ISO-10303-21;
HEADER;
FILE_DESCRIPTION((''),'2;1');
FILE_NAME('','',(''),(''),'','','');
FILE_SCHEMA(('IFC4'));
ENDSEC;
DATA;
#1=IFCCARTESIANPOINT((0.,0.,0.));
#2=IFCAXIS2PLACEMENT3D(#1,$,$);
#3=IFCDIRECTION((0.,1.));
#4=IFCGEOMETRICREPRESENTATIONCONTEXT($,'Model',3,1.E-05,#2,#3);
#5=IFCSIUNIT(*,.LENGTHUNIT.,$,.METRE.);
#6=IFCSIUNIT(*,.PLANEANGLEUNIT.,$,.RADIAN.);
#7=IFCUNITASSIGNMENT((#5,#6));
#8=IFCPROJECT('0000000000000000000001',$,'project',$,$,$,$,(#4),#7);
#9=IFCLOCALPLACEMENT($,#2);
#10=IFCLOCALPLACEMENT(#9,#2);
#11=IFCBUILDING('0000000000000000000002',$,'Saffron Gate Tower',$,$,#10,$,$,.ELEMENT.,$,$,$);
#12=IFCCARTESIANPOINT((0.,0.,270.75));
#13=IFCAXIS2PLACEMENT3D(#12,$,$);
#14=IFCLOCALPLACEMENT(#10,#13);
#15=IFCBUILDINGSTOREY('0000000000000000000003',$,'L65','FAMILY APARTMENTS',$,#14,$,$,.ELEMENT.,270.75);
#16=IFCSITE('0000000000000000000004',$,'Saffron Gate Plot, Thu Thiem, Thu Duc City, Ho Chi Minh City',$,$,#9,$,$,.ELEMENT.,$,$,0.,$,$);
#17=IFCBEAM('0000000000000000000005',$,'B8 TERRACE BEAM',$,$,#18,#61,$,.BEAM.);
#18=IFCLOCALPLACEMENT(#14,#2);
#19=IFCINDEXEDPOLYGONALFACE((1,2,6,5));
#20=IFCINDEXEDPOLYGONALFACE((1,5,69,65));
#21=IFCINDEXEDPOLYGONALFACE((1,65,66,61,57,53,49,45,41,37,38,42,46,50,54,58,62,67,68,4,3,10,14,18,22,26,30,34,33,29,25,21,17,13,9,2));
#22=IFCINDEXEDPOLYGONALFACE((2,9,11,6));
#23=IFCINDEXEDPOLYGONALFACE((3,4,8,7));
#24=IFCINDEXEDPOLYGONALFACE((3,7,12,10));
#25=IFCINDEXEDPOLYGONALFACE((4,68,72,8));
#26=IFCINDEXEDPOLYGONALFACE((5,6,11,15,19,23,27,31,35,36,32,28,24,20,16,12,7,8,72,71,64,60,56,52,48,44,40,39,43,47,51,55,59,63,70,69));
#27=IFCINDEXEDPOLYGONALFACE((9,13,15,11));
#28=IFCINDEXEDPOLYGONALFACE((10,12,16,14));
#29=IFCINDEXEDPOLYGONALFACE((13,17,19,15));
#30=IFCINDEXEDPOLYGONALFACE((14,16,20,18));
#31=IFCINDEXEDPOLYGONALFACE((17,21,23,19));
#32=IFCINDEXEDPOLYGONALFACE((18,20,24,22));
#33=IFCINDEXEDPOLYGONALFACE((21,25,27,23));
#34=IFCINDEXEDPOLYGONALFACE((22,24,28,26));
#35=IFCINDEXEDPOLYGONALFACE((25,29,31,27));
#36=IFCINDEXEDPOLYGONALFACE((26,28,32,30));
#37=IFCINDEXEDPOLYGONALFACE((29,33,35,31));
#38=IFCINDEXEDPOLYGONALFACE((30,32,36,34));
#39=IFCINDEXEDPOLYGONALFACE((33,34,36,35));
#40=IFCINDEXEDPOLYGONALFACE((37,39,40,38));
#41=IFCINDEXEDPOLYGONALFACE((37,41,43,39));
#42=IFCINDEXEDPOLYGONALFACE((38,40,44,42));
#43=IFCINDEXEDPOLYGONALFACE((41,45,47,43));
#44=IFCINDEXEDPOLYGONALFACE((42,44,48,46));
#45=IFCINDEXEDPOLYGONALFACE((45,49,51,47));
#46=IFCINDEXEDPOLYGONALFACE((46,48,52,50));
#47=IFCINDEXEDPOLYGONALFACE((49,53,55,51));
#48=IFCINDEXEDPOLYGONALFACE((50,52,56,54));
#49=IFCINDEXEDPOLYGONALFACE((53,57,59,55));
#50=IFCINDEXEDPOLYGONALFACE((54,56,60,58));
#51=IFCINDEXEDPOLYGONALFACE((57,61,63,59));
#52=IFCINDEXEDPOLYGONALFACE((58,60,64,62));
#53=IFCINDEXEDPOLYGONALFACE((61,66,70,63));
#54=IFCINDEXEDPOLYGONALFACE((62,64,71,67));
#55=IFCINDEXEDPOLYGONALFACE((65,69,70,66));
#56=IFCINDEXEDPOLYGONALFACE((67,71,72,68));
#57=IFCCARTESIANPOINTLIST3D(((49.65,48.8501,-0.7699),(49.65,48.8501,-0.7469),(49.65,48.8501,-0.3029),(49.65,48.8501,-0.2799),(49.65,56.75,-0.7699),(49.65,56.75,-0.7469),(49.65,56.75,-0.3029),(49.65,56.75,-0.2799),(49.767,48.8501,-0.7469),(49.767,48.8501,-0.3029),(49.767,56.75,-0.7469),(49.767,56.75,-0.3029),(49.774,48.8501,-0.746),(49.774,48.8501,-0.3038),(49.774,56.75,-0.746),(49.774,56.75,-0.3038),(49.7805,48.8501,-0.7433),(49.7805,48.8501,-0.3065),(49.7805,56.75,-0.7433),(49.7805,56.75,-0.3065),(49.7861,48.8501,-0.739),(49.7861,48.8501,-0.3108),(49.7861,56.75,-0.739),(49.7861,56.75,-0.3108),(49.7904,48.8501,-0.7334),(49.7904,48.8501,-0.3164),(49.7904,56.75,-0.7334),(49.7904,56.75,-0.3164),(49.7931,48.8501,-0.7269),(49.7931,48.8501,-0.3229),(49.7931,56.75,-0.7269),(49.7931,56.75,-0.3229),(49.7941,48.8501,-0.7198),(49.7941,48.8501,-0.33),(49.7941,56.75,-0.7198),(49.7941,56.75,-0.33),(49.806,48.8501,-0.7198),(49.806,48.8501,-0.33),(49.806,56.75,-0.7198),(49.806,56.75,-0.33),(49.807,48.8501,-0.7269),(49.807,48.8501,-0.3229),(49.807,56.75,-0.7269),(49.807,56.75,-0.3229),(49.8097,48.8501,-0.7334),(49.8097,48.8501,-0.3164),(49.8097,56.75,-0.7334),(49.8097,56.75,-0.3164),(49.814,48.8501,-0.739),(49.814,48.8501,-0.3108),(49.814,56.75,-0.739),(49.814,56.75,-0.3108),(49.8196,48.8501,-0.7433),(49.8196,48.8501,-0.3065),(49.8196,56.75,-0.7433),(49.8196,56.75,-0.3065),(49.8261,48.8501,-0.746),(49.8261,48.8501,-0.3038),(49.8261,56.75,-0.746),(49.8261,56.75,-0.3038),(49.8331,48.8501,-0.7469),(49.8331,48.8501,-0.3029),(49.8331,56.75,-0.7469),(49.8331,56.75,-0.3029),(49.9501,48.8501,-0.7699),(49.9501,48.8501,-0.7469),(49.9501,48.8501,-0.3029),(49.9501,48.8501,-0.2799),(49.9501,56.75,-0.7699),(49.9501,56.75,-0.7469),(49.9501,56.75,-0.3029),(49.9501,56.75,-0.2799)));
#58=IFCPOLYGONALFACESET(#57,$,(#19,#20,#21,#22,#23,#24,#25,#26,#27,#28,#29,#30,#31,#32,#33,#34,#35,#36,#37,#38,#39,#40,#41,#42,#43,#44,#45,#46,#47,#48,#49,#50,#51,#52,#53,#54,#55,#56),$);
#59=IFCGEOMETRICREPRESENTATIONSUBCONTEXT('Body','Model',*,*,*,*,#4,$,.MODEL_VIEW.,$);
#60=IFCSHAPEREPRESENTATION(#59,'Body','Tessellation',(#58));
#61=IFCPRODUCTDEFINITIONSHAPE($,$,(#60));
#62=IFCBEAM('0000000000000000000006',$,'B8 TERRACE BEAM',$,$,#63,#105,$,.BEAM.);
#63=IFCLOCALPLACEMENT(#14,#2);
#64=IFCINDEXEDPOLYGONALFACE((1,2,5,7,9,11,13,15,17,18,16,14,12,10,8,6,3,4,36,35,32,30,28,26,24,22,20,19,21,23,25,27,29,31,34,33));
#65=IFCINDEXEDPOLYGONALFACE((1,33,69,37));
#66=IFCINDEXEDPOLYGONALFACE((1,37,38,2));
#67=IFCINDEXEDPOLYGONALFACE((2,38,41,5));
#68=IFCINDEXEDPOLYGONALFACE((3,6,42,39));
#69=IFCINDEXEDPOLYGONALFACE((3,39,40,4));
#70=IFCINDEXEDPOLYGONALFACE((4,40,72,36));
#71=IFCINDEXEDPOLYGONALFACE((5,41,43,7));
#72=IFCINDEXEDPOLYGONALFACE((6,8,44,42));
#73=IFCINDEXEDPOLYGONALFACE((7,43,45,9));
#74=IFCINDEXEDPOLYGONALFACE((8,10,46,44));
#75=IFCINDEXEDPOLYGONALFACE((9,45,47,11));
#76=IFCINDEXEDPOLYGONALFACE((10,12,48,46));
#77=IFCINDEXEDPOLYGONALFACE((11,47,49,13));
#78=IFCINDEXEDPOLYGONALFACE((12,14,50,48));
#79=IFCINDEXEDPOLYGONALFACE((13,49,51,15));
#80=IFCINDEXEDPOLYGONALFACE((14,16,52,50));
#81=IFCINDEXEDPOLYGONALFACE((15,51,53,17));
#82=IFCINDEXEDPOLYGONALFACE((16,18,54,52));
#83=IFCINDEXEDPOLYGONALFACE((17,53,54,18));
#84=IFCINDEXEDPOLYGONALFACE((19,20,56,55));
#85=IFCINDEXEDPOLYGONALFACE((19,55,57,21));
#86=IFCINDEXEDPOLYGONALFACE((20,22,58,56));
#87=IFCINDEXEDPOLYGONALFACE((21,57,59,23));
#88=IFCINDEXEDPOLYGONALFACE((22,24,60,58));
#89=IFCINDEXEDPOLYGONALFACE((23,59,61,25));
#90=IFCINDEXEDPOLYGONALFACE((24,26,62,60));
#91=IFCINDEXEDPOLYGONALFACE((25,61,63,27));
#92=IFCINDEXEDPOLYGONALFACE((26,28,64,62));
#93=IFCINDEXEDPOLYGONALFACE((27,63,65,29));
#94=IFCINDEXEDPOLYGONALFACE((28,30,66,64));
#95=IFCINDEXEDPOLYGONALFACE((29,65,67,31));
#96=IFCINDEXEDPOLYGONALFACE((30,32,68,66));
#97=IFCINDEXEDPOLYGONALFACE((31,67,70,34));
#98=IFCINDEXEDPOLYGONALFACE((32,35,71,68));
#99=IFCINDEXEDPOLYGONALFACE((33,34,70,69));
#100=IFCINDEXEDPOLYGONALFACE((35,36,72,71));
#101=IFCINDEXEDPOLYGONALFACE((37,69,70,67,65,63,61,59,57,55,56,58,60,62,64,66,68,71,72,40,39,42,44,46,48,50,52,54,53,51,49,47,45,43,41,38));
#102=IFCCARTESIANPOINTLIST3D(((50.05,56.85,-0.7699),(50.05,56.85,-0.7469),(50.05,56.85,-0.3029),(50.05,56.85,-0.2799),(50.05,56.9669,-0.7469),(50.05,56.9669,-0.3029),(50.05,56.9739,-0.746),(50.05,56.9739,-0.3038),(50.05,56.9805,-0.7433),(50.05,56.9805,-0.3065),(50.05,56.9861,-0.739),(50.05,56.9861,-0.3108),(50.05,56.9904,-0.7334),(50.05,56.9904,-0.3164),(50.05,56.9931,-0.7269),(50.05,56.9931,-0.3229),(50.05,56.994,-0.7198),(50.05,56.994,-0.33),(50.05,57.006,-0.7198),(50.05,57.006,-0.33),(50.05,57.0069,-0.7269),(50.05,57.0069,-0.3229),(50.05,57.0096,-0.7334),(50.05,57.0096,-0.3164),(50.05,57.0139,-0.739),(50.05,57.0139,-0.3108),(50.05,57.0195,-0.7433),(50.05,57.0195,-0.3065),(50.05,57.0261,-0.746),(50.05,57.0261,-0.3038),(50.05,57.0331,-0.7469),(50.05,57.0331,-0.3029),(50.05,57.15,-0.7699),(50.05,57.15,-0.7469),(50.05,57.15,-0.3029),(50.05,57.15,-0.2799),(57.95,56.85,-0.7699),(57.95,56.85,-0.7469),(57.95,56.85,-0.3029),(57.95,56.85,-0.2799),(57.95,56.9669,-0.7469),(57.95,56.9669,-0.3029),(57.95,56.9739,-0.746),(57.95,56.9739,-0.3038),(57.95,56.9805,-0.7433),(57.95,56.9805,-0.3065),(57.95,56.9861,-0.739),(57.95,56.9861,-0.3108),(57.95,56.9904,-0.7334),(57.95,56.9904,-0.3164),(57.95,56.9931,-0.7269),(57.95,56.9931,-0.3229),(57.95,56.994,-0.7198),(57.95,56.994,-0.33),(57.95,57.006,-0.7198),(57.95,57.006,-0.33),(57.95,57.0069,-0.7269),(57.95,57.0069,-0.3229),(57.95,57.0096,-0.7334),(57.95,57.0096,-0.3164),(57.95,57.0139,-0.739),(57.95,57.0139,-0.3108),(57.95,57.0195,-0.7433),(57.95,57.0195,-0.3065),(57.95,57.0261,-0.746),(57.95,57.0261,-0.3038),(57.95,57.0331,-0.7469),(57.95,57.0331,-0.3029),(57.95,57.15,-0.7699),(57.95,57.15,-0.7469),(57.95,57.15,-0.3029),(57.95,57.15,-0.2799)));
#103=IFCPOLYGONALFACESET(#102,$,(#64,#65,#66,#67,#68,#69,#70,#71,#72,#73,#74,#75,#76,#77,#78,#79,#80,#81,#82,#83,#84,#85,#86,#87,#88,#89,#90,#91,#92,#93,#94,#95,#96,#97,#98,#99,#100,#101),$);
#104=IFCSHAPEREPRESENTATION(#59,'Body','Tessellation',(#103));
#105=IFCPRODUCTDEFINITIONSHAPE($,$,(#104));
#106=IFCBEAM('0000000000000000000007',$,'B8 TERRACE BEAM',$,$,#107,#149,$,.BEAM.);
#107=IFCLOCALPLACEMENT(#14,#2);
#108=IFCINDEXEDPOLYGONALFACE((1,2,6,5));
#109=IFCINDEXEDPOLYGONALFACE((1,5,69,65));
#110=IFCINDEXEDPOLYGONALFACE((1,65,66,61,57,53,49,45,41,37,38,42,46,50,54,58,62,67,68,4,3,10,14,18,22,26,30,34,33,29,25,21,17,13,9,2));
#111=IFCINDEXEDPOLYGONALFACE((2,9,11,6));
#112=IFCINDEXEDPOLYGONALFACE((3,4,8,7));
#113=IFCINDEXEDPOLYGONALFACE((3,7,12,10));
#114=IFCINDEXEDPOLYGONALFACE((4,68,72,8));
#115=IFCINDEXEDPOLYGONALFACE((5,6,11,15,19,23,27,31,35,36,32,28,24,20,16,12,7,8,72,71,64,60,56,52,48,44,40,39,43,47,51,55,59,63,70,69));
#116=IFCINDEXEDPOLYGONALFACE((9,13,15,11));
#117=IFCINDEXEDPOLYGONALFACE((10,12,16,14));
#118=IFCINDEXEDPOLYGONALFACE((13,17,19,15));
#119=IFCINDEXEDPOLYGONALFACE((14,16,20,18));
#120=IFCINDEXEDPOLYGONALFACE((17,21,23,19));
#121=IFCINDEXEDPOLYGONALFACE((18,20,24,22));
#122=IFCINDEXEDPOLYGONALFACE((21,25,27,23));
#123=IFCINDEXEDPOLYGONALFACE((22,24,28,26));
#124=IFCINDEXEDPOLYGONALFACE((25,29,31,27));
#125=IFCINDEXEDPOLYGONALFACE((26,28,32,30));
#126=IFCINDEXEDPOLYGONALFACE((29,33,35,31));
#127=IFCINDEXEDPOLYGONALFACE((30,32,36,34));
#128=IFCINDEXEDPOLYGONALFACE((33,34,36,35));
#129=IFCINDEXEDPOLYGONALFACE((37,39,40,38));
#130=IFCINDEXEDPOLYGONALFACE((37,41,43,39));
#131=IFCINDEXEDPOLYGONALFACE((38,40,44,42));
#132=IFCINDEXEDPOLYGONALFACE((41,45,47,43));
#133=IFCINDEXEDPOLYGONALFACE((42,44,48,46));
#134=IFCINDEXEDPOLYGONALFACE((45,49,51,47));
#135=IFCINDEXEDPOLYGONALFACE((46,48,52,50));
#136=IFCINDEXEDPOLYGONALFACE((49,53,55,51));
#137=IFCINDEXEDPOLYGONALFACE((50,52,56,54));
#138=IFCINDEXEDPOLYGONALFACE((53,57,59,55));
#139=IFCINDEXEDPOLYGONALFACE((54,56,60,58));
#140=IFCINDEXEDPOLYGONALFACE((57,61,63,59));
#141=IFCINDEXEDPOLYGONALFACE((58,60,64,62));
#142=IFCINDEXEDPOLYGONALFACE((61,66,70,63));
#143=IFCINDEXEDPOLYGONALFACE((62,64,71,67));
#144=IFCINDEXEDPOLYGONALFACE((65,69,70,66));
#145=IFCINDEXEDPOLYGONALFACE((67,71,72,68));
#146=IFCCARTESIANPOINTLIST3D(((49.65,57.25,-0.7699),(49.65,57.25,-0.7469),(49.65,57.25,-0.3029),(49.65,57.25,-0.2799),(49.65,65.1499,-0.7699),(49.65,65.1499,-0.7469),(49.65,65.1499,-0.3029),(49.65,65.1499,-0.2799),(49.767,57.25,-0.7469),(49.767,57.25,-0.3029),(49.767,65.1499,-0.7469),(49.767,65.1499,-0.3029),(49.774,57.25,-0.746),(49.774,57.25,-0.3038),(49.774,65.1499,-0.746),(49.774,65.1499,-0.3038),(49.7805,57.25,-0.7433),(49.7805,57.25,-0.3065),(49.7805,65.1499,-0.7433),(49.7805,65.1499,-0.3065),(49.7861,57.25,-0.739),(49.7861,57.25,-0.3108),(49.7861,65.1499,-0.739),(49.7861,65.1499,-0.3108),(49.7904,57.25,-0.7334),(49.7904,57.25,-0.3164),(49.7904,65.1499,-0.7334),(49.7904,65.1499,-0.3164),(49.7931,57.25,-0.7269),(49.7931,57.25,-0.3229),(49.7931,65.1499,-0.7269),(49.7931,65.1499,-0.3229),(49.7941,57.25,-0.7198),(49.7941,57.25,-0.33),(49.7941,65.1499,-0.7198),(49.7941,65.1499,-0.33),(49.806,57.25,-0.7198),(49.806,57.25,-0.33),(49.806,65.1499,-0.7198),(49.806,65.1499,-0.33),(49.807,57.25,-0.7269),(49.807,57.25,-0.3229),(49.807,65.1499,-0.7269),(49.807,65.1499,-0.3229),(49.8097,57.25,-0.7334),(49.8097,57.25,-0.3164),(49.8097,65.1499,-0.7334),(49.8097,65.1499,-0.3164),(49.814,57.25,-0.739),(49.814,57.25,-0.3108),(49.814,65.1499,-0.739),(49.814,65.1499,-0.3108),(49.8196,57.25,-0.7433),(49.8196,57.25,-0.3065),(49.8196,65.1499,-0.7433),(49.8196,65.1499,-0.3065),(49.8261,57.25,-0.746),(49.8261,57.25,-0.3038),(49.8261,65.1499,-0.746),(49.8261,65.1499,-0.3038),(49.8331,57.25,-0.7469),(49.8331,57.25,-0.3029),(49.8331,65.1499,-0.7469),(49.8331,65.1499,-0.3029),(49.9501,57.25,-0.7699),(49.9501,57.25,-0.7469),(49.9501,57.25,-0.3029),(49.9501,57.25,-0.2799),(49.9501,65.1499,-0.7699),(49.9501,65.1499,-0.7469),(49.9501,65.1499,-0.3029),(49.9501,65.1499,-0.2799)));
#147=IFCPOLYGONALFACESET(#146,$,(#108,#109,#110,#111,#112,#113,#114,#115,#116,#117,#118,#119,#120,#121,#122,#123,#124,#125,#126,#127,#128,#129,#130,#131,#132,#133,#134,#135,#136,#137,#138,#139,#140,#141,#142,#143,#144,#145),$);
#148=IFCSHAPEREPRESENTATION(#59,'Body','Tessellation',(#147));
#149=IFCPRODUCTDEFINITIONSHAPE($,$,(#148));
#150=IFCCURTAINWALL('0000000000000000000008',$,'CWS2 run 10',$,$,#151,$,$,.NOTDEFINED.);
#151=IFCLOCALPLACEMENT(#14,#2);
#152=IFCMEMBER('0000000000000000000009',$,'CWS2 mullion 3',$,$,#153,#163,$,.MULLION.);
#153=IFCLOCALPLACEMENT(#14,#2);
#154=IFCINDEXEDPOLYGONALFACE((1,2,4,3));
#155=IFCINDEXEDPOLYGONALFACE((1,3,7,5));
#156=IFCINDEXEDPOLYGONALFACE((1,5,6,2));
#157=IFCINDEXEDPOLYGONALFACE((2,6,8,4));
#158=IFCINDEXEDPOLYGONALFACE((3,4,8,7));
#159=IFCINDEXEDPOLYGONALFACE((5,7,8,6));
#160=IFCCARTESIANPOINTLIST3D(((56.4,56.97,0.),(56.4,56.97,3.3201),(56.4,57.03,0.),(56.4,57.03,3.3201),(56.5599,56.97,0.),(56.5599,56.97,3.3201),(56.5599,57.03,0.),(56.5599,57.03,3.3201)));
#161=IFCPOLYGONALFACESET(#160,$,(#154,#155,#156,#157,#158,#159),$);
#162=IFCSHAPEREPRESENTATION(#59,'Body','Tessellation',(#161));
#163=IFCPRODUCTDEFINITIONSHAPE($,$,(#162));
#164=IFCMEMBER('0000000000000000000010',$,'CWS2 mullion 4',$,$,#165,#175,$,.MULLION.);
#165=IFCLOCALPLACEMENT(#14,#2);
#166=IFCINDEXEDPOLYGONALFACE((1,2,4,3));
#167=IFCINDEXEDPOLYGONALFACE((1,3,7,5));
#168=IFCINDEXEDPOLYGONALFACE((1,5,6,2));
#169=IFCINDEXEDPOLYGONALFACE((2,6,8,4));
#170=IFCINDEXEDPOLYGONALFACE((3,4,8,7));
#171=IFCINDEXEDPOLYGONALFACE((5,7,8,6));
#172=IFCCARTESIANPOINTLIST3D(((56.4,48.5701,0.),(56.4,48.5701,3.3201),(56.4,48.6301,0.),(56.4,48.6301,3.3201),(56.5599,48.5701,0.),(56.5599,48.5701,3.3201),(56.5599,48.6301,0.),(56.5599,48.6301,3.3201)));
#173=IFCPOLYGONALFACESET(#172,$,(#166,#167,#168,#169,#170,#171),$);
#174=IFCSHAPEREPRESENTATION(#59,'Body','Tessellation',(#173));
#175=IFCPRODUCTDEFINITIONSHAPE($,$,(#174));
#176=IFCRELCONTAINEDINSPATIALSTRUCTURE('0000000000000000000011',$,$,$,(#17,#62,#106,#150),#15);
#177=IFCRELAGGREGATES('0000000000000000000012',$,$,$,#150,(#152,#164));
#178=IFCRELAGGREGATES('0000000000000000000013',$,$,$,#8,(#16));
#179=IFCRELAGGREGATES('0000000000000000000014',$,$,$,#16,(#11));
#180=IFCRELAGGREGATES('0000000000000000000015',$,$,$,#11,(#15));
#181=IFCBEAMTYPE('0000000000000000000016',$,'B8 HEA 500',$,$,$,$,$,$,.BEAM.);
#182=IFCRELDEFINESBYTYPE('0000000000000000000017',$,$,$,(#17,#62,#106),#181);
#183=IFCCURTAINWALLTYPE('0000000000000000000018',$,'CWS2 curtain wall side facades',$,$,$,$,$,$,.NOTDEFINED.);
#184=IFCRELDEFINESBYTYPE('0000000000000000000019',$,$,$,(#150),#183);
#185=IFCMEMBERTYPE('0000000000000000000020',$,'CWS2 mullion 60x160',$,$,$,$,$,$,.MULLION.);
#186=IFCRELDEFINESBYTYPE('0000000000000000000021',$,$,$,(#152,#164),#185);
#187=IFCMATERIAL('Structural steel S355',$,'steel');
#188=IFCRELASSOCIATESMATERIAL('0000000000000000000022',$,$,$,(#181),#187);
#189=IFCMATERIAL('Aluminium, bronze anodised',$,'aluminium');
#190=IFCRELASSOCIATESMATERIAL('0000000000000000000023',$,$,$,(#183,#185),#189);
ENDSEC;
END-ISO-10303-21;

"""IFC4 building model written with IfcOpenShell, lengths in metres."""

from ifc_helpers import new_model, si_unit, direction, frame, origin, origin_2d, place, context, subcontext, project, spatial, rectangle, i_section, extrude, material, material_profile, profile_set, type_object, element, aggregate, save


model = new_model("IFC4")

# Units and contexts
model_context = context("Model", 3, precision=1e-05, world=origin(), true_north=direction((0.0, 1.0)))
body_context = subcontext(model_context, "Body", "Model", "MODEL_VIEW")
ifc_project = project(units=[si_unit("LENGTHUNIT", "METRE"), si_unit("PLANEANGLEUNIT", "RADIAN")], contexts=[model_context])

# Site, building, storey
site_placement = place(None, origin())
site = spatial("IfcSite", under=ifc_project, at=site_placement, Name="Saffron Gate Plot, Thu Thiem, Thu Duc City, Ho Chi Minh City", CompositionType="ELEMENT", RefElevation=0.0)
building_placement = place(site_placement, origin())
building = spatial("IfcBuilding", under=site, at=building_placement, Name="Saffron Gate Tower", CompositionType="ELEMENT")
storey_placement = place(building_placement, frame((0.0, 0.0, 270.75)))
storey = spatial("IfcBuildingStorey", under=building, at=storey_placement, Name="L65", Description="FAMILY APARTMENTS", CompositionType="ELEMENT", Elevation=270.75)

# Beams
ifc_material_1 = material(Name="Structural steel S355", Category="steel")
ifc_material_profile_1 = material_profile(ifc_material_1, i_section(OverallWidth=0.3, OverallDepth=0.49, WebThickness=0.012, FlangeThickness=0.0229, FilletRadius=0.0271, at=origin_2d()))
ifc_profile_set_1 = profile_set([ifc_material_profile_1], Name="Structural steel S355")
beam_type_1 = type_object("IfcBeamType", Name="B8 HEA 500", PredefinedType="BEAM", material=ifc_profile_set_1)
for number, where, z_axis, x_axis, name in (
    (1, (49.8, 48.8501, -0.5249), (0.0, 1.0, 0.0), (-1.0, 0.0, 0.0), "B8 TERRACE BEAM"),
    (2, (50.05, 57.0, -0.5249), (1.0, 0.0, 0.0), (0.0, 1.0, 0.0), "B8 TERRACE BEAM"),
    (3, (49.8, 57.25, -0.5249), (0.0, 1.0, 0.0), (-1.0, 0.0, 0.0), "B8 TERRACE BEAM"),
):
    element("IfcBeam", number, at=place(storey_placement, frame(where, z_axis=z_axis, x_axis=x_axis)), inside=storey, type_object=beam_type_1, Name=name, PredefinedType="BEAM", context=body_context, shape_type="SweptSolid", body=[
        extrude(i_section(OverallWidth=0.3, OverallDepth=0.49, WebThickness=0.012, FlangeThickness=0.0229, FilletRadius=0.0271, at=origin_2d()), origin(), (0.0, 0.0, 1.0), 7.8999),
    ])

# Curtain wall, members
ifc_material_2 = material(Name="Aluminium, bronze anodised", Category="aluminium")
curtain_wall_type = type_object("IfcCurtainWallType", Name="CWS2 curtain wall side facades", PredefinedType="NOTDEFINED", material=ifc_material_2)
curtain_wall_placement = place(storey_placement, origin())
curtain_wall = element("IfcCurtainWall", 4, at=curtain_wall_placement, inside=storey, type_object=curtain_wall_type, Name="CWS2 run 10", PredefinedType="NOTDEFINED")
ifc_material_profile_2 = material_profile(ifc_material_2, rectangle(XDim=0.1599, YDim=0.0601, at=origin_2d()))
ifc_profile_set_2 = profile_set([ifc_material_profile_2], Name="Aluminium, bronze anodised")
member_type = type_object("IfcMemberType", Name="CWS2 mullion 60x160", PredefinedType="MULLION", material=ifc_profile_set_2)
member_1_placement = place(storey_placement, frame((56.48, 57.0, 0.0), z_axis=(0.0, 0.0, 1.0), x_axis=(1.0, 0.0, 0.0)))
member_1 = element("IfcMember", 5, at=member_1_placement, type_object=member_type, Name="CWS2 mullion 3", PredefinedType="MULLION", context=body_context, shape_type="SweptSolid", body=[
    extrude(rectangle(XDim=0.1599, YDim=0.0601, at=origin_2d()), origin(), (0.0, 0.0, 1.0), 3.3201),
])
member_2_placement = place(storey_placement, frame((56.48, 48.6001, 0.0), z_axis=(0.0, 0.0, 1.0), x_axis=(1.0, 0.0, 0.0)))
member_2 = element("IfcMember", 6, at=member_2_placement, type_object=member_type, Name="CWS2 mullion 4", PredefinedType="MULLION", context=body_context, shape_type="SweptSolid", body=[
    extrude(rectangle(XDim=0.1599, YDim=0.0601, at=origin_2d()), origin(), (0.0, 0.0, 1.0), 3.3201),
])
aggregate(curtain_wall, [member_1, member_2])

save(model, "model.ifc")
